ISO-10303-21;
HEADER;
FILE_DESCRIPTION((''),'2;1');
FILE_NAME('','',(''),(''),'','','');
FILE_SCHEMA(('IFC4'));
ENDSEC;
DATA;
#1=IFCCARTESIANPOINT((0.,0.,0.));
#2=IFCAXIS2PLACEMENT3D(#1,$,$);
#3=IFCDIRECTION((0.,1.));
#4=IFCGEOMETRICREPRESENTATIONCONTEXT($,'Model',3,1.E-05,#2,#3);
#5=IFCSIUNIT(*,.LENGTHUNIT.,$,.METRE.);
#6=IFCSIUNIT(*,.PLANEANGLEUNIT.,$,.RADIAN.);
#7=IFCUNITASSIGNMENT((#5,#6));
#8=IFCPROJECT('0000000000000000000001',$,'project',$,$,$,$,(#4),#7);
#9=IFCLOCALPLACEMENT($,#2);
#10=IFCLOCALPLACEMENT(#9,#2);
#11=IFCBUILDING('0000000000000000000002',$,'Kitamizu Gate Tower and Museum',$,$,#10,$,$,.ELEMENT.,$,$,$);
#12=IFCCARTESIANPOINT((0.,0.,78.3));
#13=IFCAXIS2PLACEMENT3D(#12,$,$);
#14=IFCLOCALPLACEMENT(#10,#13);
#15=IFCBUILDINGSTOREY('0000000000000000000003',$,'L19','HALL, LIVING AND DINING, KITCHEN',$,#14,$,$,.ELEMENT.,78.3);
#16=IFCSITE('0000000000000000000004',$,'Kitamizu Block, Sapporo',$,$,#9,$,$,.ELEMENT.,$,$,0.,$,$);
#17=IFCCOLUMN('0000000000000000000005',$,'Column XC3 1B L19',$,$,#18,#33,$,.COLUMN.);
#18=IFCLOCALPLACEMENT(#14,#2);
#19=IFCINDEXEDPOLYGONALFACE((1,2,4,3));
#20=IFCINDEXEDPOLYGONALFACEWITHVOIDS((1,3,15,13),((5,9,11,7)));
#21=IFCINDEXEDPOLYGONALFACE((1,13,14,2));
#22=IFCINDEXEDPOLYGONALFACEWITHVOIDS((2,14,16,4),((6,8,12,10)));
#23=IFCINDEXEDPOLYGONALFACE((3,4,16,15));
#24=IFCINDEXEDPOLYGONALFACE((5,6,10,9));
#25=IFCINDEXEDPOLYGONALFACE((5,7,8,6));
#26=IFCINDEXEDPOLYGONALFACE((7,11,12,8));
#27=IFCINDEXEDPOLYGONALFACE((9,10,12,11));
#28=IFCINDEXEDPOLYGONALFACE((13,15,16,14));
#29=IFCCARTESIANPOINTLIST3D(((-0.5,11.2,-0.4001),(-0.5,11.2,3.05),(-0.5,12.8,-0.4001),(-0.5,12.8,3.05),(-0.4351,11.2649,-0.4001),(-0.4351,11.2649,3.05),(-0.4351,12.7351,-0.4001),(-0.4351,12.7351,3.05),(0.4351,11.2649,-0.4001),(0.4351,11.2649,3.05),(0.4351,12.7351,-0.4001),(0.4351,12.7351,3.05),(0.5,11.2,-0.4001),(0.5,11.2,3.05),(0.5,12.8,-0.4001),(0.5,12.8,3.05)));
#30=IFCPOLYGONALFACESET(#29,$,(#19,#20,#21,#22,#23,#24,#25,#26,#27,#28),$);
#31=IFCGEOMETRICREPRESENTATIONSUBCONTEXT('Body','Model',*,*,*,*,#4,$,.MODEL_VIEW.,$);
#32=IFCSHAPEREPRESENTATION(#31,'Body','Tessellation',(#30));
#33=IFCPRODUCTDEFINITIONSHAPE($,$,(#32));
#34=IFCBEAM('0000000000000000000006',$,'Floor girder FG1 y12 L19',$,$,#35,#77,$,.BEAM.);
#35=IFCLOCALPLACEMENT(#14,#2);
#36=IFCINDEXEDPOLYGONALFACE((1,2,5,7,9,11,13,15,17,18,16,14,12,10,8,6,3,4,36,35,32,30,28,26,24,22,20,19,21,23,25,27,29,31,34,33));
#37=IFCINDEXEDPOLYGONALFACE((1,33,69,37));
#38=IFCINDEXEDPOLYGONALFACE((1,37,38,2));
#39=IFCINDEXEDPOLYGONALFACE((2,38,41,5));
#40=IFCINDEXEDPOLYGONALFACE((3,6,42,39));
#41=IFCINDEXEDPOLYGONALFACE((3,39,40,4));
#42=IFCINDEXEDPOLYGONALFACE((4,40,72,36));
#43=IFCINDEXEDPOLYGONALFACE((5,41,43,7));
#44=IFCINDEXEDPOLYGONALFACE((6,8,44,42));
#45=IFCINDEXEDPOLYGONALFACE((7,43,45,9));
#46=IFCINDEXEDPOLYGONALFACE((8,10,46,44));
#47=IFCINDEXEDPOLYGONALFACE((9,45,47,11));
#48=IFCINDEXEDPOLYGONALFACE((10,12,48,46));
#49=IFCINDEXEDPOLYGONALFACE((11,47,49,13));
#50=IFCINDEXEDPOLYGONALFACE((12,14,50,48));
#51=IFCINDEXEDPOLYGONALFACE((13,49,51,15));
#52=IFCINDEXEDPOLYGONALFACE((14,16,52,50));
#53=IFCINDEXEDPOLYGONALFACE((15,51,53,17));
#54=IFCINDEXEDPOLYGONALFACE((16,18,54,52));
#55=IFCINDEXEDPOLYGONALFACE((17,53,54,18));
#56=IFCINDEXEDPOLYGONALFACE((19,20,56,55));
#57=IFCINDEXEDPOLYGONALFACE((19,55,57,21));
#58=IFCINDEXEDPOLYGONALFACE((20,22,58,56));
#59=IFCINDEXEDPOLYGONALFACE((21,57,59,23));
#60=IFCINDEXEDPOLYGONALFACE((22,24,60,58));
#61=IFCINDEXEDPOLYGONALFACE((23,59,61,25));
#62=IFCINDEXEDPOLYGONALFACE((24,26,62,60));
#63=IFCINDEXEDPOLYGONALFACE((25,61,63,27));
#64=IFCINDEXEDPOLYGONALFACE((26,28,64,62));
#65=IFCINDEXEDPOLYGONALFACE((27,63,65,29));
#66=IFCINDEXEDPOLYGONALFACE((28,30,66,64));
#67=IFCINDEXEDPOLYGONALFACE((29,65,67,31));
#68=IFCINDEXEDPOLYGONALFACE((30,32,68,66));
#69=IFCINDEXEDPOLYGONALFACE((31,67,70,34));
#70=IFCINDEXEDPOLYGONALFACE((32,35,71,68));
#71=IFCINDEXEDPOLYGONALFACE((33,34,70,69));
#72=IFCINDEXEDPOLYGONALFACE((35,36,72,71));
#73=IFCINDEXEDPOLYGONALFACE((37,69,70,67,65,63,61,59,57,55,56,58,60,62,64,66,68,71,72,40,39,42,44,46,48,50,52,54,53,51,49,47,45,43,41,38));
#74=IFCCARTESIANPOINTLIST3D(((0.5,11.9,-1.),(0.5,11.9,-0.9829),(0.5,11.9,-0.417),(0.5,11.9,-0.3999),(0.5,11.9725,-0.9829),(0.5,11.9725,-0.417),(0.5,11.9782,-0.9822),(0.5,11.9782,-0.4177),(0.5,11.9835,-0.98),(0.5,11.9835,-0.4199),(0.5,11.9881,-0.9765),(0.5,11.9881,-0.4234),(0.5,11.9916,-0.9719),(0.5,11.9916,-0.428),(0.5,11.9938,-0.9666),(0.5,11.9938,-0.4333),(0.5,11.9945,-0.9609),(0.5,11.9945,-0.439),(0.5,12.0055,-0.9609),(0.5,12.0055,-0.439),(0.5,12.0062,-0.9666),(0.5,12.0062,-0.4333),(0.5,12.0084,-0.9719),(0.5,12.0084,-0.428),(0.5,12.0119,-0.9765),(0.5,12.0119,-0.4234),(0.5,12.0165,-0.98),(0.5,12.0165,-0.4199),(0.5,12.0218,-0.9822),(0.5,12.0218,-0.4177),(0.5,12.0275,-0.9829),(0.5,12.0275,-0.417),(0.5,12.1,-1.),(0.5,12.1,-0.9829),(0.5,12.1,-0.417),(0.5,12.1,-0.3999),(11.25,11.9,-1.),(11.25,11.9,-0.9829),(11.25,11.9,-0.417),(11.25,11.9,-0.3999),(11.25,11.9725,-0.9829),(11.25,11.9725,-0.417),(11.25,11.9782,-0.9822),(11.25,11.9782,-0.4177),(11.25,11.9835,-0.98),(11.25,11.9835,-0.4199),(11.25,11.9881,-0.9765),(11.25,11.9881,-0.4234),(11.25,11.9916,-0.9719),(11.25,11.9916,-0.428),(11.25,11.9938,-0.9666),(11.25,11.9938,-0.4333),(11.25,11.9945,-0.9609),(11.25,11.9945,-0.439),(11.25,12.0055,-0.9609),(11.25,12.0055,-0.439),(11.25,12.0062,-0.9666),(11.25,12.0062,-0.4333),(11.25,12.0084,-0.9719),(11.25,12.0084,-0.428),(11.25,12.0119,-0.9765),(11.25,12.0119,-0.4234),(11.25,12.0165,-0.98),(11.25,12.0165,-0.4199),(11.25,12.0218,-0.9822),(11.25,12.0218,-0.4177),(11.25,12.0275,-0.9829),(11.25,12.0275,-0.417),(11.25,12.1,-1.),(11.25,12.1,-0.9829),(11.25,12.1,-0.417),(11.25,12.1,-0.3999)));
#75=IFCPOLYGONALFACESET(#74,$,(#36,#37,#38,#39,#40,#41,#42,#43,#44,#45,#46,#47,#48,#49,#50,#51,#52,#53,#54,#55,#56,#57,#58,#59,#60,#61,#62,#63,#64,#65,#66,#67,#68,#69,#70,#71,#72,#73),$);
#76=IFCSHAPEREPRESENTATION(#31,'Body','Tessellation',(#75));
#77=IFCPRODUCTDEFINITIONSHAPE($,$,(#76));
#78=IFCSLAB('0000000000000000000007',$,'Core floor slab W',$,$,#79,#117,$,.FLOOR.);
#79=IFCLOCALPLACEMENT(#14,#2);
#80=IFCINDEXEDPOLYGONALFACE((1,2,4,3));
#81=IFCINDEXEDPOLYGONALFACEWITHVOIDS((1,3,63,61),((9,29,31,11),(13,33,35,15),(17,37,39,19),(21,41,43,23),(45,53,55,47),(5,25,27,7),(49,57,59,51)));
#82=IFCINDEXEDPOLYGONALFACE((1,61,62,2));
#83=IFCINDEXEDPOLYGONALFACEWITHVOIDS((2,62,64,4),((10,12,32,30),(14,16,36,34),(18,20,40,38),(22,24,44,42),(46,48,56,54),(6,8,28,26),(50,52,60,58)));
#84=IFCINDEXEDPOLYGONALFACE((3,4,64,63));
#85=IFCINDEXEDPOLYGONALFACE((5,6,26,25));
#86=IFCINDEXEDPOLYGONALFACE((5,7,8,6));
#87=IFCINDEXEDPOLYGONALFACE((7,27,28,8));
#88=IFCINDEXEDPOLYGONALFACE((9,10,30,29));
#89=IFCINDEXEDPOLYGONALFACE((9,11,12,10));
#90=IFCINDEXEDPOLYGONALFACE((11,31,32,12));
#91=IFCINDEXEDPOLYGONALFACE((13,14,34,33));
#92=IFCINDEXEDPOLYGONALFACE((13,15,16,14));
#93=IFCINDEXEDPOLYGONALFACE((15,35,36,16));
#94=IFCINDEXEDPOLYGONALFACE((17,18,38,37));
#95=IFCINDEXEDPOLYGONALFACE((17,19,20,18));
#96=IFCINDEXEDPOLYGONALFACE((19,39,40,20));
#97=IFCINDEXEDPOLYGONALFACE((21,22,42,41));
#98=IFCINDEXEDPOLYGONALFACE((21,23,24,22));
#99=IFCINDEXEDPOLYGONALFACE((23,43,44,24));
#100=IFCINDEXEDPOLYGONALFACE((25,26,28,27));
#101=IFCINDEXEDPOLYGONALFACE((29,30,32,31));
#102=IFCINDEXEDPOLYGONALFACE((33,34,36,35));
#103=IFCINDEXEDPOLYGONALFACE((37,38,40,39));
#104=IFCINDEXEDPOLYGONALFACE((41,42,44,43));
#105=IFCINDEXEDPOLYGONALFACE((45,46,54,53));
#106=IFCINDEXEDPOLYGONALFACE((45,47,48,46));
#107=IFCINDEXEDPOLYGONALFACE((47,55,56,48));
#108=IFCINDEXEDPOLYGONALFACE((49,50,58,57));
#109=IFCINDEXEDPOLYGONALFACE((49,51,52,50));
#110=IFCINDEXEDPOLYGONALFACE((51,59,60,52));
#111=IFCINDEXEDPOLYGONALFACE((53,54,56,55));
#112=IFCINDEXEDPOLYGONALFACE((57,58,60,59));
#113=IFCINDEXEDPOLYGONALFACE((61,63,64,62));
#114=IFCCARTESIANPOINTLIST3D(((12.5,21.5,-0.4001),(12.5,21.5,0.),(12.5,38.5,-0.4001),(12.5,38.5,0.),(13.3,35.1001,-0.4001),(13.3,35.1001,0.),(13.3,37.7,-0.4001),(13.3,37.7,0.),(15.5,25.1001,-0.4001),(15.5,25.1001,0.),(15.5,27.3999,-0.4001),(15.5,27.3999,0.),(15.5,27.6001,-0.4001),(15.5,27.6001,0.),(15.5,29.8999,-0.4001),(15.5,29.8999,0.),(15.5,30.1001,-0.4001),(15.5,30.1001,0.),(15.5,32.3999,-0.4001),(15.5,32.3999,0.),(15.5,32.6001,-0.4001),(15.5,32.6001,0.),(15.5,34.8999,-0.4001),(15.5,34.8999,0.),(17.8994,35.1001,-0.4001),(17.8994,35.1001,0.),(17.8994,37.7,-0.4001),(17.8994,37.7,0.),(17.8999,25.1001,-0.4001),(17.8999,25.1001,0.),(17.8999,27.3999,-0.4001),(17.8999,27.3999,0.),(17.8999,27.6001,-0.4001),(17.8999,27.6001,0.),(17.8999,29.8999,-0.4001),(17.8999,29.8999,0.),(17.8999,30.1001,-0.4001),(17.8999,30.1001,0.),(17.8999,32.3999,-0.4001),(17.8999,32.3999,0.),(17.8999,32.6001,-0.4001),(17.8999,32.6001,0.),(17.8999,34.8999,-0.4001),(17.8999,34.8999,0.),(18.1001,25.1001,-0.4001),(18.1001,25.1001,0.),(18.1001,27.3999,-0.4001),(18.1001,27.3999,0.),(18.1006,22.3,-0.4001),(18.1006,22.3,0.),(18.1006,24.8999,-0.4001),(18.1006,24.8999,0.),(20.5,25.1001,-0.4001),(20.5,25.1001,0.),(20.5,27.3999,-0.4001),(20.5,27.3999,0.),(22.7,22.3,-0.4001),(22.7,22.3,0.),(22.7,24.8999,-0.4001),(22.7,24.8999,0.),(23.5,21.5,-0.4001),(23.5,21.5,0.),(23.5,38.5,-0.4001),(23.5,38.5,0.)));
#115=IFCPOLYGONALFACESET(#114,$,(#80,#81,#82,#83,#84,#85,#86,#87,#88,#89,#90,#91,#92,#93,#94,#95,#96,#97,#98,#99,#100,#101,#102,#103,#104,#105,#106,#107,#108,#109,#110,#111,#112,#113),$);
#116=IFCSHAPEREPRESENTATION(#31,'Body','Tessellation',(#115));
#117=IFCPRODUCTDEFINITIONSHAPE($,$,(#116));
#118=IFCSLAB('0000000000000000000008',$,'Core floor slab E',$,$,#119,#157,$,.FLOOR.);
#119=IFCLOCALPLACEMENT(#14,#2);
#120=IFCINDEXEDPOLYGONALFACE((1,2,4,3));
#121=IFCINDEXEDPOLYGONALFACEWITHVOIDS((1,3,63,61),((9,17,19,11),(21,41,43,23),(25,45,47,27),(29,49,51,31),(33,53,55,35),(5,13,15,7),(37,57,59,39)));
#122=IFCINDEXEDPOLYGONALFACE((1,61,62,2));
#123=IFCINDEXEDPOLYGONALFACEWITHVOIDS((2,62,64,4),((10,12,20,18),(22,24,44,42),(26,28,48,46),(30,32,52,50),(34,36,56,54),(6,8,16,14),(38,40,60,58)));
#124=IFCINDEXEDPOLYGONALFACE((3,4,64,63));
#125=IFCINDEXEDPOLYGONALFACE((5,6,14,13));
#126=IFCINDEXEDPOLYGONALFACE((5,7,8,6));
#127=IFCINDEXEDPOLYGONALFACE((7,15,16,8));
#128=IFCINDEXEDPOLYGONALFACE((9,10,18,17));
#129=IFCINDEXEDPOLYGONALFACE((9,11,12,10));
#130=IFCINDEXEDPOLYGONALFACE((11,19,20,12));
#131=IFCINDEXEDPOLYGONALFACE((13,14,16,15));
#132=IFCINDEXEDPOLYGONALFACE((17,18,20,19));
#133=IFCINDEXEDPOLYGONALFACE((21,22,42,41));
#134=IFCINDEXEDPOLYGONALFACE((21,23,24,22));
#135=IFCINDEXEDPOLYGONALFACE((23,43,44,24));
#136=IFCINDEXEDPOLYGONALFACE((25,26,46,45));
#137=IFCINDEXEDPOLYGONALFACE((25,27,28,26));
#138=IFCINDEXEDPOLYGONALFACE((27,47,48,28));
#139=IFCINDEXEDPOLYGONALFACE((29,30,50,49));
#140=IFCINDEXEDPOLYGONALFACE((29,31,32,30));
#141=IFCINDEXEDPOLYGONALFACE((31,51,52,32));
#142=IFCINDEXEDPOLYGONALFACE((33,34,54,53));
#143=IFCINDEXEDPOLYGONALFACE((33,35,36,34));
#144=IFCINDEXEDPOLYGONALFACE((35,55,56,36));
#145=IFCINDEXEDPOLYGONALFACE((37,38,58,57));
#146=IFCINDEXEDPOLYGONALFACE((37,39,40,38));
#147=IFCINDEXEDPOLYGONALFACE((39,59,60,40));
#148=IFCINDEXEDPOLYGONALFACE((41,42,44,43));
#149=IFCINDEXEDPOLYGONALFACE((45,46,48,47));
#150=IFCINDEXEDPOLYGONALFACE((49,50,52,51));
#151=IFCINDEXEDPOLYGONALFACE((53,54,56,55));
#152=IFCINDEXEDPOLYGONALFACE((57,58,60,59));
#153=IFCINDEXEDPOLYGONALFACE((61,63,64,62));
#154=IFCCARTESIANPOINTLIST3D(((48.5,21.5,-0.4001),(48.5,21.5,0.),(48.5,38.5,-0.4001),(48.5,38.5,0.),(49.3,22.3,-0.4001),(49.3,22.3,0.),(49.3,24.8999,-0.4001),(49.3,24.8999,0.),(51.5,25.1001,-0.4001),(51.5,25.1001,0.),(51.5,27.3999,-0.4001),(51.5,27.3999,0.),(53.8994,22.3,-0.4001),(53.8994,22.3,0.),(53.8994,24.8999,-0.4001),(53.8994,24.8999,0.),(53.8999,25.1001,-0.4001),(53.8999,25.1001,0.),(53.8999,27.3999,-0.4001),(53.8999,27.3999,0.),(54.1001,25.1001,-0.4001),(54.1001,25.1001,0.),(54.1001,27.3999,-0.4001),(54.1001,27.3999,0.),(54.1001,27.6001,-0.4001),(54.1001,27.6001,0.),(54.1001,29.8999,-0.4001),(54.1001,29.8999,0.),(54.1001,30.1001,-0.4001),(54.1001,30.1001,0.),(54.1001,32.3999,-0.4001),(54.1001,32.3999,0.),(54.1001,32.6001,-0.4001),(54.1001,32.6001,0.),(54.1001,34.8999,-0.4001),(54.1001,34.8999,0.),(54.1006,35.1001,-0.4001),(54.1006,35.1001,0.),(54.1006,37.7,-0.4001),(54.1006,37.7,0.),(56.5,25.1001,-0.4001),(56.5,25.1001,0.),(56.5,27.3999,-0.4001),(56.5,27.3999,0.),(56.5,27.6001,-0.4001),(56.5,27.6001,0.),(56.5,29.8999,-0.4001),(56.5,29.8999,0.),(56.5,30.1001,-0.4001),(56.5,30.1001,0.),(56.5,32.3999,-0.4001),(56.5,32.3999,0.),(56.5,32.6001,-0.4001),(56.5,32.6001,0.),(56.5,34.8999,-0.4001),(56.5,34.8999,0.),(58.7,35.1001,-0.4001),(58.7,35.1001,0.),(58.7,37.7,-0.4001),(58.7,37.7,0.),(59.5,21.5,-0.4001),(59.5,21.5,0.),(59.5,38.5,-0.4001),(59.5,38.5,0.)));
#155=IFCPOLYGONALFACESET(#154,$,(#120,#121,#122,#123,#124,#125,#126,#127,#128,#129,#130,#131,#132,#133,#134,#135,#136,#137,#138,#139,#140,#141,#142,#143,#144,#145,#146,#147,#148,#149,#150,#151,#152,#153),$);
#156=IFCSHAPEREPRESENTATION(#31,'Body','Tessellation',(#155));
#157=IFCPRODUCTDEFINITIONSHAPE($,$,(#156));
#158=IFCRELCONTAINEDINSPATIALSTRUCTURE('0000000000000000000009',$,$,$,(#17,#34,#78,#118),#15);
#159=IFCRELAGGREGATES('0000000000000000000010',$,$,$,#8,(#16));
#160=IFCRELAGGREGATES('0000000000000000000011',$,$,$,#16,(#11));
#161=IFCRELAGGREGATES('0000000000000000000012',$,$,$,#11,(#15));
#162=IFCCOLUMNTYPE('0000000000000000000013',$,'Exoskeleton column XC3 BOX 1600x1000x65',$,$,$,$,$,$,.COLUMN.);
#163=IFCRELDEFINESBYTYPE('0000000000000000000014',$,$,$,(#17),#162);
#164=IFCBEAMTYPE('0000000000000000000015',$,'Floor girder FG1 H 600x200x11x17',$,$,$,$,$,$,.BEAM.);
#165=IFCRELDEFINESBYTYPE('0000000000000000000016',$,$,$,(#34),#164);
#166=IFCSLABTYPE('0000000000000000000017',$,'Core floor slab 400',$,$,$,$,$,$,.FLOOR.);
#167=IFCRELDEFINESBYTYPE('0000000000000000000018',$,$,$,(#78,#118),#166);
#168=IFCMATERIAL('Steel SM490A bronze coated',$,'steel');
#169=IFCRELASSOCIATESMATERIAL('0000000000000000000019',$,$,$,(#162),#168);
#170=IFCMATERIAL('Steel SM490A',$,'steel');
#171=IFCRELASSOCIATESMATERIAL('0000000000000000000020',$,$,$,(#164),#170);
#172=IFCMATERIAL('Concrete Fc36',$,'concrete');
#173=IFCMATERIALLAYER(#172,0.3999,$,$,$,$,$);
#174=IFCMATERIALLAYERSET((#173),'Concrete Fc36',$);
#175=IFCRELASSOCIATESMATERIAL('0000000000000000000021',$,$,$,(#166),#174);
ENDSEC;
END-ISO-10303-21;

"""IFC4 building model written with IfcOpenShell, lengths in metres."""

from ifc_helpers import new_model, si_unit, direction, frame, origin, origin_2d, place, context, subcontext, project, spatial, polyline, hollow_rectangle, i_section, outline, extrude, material, layer, layer_set, material_profile, profile_set, type_object, element, save


model = new_model("IFC4")

# Units and contexts
model_context = context("Model", 3, precision=1e-05, world=origin(), true_north=direction((0.0, 1.0)))
body_context = subcontext(model_context, "Body", "Model", "MODEL_VIEW")
ifc_project = project(units=[si_unit("LENGTHUNIT", "METRE"), si_unit("PLANEANGLEUNIT", "RADIAN")], contexts=[model_context])

# Site, building, storey
site_placement = place(None, origin())
site = spatial("IfcSite", under=ifc_project, at=site_placement, Name="Kitamizu Block, Sapporo", CompositionType="ELEMENT", RefElevation=0.0)
building_placement = place(site_placement, origin())
building = spatial("IfcBuilding", under=site, at=building_placement, Name="Kitamizu Gate Tower and Museum", CompositionType="ELEMENT")
storey_placement = place(building_placement, frame((0.0, 0.0, 78.3)))
storey = spatial("IfcBuildingStorey", under=building, at=storey_placement, Name="L19", Description="HALL, LIVING AND DINING, KITCHEN", CompositionType="ELEMENT", Elevation=78.3)

# Column
ifc_material_1 = material(Name="Steel SM490A bronze coated", Category="steel")
ifc_material_profile_1 = material_profile(ifc_material_1, hollow_rectangle(XDim=1.6001, YDim=1.0, WallThickness=0.0649, at=origin_2d()), Name="BOX 1600x1000x65")
ifc_profile_set_1 = profile_set([ifc_material_profile_1], Name="Steel SM490A bronze coated")
column_type = type_object("IfcColumnType", Name="Exoskeleton column XC3 BOX 1600x1000x65", PredefinedType="COLUMN", material=ifc_profile_set_1)
column_placement = place(storey_placement, frame((0.0, 12.0, -0.4001), z_axis=(0.0, 0.0, 1.0), x_axis=(0.0, 1.0, 0.0)))
element("IfcColumn", 1, at=column_placement, inside=storey, type_object=column_type, Name="Column XC3 1B L19", PredefinedType="COLUMN", context=body_context, shape_type="SweptSolid", body=[
    extrude(hollow_rectangle(XDim=1.6001, YDim=1.0, WallThickness=0.0649, at=origin_2d()), origin(), (0.0, 0.0, 1.0), 3.4502),
])

# Beam
ifc_material_2 = material(Name="Steel SM490A", Category="steel")
ifc_material_profile_2 = material_profile(ifc_material_2, i_section(OverallWidth=0.2, OverallDepth=0.6001, WebThickness=0.011, FlangeThickness=0.0171, FilletRadius=0.022, at=origin_2d()), Name="H-600x200x11x17")
ifc_profile_set_2 = profile_set([ifc_material_profile_2], Name="Steel SM490A")
beam_type = type_object("IfcBeamType", Name="Floor girder FG1 H 600x200x11x17", PredefinedType="BEAM", material=ifc_profile_set_2)
beam_placement = place(storey_placement, frame((0.5, 12.0, -0.7), z_axis=(1.0, 0.0, 0.0), x_axis=(0.0, 1.0, 0.0)))
element("IfcBeam", 2, at=beam_placement, inside=storey, type_object=beam_type, Name="Floor girder FG1 y12 L19", PredefinedType="BEAM", context=body_context, shape_type="SweptSolid", body=[
    extrude(i_section(OverallWidth=0.2, OverallDepth=0.6001, WebThickness=0.011, FlangeThickness=0.0171, FilletRadius=0.022, at=origin_2d()), origin(), (0.0, 0.0, 1.0), 10.75),
])

# Slabs
ifc_material_3 = material(Name="Concrete Fc36", Category="concrete")
ifc_layer_1 = layer(ifc_material_3, 0.3999)
ifc_layer_set_1 = layer_set([ifc_layer_1], Name="Concrete Fc36")
slab_type_1 = type_object("IfcSlabType", Name="Core floor slab 400", PredefinedType="FLOOR", material=ifc_layer_set_1)
slab_1_placement = place(storey_placement, frame((0.0, 0.0, -0.4001)))
element("IfcSlab", 3, at=slab_1_placement, inside=storey, type_object=slab_type_1, Name="Core floor slab W", PredefinedType="FLOOR", context=body_context, shape_type="SweptSolid", body=[
    extrude(outline(polyline([(12.5, 21.5), (23.5, 21.5), (23.5, 38.5), (12.5, 38.5), (12.5, 21.5)]), holes=[polyline([(15.5, 25.1001), (17.8999, 25.1001), (17.8999, 27.3999), (15.5, 27.3999), (15.5, 25.1001)]), polyline([(15.5, 27.6001), (17.8999, 27.6001), (17.8999, 29.8999), (15.5, 29.8999), (15.5, 27.6001)]), polyline([(15.5, 30.1001), (17.8999, 30.1001), (17.8999, 32.3999), (15.5, 32.3999), (15.5, 30.1001)]), polyline([(15.5, 32.6001), (17.8999, 32.6001), (17.8999, 34.8999), (15.5, 34.8999), (15.5, 32.6001)]), polyline([(18.1001, 25.1001), (20.5, 25.1001), (20.5, 27.3999), (18.1001, 27.3999), (18.1001, 25.1001)]), polyline([(18.1006, 22.3), (22.7, 22.3), (22.7, 24.8999), (18.1006, 24.8999), (18.1006, 22.3)]), polyline([(13.3, 35.1001), (17.8994, 35.1001), (17.8994, 37.7), (13.3, 37.7), (13.3, 35.1001)])]), origin(), (0.0, 0.0, 1.0), 0.4001),
])
slab_2_placement = place(storey_placement, frame((0.0, 0.0, -0.4001)))
element("IfcSlab", 4, at=slab_2_placement, inside=storey, type_object=slab_type_1, Name="Core floor slab E", PredefinedType="FLOOR", context=body_context, shape_type="SweptSolid", body=[
    extrude(outline(polyline([(48.5, 21.5), (59.5, 21.5), (59.5, 38.5), (48.5, 38.5), (48.5, 21.5)]), holes=[polyline([(54.1001, 25.1001), (56.5, 25.1001), (56.5, 27.3999), (54.1001, 27.3999), (54.1001, 25.1001)]), polyline([(54.1001, 27.6001), (56.5, 27.6001), (56.5, 29.8999), (54.1001, 29.8999), (54.1001, 27.6001)]), polyline([(54.1001, 30.1001), (56.5, 30.1001), (56.5, 32.3999), (54.1001, 32.3999), (54.1001, 30.1001)]), polyline([(54.1001, 32.6001), (56.5, 32.6001), (56.5, 34.8999), (54.1001, 34.8999), (54.1001, 32.6001)]), polyline([(51.5, 25.1001), (53.8999, 25.1001), (53.8999, 27.3999), (51.5, 27.3999), (51.5, 25.1001)]), polyline([(49.3, 22.3), (53.8994, 22.3), (53.8994, 24.8999), (49.3, 24.8999), (49.3, 22.3)]), polyline([(54.1006, 35.1001), (58.7, 35.1001), (58.7, 37.7), (54.1006, 37.7), (54.1006, 35.1001)])]), origin(), (0.0, 0.0, 1.0), 0.4001),
])

save(model, "model.ifc")
